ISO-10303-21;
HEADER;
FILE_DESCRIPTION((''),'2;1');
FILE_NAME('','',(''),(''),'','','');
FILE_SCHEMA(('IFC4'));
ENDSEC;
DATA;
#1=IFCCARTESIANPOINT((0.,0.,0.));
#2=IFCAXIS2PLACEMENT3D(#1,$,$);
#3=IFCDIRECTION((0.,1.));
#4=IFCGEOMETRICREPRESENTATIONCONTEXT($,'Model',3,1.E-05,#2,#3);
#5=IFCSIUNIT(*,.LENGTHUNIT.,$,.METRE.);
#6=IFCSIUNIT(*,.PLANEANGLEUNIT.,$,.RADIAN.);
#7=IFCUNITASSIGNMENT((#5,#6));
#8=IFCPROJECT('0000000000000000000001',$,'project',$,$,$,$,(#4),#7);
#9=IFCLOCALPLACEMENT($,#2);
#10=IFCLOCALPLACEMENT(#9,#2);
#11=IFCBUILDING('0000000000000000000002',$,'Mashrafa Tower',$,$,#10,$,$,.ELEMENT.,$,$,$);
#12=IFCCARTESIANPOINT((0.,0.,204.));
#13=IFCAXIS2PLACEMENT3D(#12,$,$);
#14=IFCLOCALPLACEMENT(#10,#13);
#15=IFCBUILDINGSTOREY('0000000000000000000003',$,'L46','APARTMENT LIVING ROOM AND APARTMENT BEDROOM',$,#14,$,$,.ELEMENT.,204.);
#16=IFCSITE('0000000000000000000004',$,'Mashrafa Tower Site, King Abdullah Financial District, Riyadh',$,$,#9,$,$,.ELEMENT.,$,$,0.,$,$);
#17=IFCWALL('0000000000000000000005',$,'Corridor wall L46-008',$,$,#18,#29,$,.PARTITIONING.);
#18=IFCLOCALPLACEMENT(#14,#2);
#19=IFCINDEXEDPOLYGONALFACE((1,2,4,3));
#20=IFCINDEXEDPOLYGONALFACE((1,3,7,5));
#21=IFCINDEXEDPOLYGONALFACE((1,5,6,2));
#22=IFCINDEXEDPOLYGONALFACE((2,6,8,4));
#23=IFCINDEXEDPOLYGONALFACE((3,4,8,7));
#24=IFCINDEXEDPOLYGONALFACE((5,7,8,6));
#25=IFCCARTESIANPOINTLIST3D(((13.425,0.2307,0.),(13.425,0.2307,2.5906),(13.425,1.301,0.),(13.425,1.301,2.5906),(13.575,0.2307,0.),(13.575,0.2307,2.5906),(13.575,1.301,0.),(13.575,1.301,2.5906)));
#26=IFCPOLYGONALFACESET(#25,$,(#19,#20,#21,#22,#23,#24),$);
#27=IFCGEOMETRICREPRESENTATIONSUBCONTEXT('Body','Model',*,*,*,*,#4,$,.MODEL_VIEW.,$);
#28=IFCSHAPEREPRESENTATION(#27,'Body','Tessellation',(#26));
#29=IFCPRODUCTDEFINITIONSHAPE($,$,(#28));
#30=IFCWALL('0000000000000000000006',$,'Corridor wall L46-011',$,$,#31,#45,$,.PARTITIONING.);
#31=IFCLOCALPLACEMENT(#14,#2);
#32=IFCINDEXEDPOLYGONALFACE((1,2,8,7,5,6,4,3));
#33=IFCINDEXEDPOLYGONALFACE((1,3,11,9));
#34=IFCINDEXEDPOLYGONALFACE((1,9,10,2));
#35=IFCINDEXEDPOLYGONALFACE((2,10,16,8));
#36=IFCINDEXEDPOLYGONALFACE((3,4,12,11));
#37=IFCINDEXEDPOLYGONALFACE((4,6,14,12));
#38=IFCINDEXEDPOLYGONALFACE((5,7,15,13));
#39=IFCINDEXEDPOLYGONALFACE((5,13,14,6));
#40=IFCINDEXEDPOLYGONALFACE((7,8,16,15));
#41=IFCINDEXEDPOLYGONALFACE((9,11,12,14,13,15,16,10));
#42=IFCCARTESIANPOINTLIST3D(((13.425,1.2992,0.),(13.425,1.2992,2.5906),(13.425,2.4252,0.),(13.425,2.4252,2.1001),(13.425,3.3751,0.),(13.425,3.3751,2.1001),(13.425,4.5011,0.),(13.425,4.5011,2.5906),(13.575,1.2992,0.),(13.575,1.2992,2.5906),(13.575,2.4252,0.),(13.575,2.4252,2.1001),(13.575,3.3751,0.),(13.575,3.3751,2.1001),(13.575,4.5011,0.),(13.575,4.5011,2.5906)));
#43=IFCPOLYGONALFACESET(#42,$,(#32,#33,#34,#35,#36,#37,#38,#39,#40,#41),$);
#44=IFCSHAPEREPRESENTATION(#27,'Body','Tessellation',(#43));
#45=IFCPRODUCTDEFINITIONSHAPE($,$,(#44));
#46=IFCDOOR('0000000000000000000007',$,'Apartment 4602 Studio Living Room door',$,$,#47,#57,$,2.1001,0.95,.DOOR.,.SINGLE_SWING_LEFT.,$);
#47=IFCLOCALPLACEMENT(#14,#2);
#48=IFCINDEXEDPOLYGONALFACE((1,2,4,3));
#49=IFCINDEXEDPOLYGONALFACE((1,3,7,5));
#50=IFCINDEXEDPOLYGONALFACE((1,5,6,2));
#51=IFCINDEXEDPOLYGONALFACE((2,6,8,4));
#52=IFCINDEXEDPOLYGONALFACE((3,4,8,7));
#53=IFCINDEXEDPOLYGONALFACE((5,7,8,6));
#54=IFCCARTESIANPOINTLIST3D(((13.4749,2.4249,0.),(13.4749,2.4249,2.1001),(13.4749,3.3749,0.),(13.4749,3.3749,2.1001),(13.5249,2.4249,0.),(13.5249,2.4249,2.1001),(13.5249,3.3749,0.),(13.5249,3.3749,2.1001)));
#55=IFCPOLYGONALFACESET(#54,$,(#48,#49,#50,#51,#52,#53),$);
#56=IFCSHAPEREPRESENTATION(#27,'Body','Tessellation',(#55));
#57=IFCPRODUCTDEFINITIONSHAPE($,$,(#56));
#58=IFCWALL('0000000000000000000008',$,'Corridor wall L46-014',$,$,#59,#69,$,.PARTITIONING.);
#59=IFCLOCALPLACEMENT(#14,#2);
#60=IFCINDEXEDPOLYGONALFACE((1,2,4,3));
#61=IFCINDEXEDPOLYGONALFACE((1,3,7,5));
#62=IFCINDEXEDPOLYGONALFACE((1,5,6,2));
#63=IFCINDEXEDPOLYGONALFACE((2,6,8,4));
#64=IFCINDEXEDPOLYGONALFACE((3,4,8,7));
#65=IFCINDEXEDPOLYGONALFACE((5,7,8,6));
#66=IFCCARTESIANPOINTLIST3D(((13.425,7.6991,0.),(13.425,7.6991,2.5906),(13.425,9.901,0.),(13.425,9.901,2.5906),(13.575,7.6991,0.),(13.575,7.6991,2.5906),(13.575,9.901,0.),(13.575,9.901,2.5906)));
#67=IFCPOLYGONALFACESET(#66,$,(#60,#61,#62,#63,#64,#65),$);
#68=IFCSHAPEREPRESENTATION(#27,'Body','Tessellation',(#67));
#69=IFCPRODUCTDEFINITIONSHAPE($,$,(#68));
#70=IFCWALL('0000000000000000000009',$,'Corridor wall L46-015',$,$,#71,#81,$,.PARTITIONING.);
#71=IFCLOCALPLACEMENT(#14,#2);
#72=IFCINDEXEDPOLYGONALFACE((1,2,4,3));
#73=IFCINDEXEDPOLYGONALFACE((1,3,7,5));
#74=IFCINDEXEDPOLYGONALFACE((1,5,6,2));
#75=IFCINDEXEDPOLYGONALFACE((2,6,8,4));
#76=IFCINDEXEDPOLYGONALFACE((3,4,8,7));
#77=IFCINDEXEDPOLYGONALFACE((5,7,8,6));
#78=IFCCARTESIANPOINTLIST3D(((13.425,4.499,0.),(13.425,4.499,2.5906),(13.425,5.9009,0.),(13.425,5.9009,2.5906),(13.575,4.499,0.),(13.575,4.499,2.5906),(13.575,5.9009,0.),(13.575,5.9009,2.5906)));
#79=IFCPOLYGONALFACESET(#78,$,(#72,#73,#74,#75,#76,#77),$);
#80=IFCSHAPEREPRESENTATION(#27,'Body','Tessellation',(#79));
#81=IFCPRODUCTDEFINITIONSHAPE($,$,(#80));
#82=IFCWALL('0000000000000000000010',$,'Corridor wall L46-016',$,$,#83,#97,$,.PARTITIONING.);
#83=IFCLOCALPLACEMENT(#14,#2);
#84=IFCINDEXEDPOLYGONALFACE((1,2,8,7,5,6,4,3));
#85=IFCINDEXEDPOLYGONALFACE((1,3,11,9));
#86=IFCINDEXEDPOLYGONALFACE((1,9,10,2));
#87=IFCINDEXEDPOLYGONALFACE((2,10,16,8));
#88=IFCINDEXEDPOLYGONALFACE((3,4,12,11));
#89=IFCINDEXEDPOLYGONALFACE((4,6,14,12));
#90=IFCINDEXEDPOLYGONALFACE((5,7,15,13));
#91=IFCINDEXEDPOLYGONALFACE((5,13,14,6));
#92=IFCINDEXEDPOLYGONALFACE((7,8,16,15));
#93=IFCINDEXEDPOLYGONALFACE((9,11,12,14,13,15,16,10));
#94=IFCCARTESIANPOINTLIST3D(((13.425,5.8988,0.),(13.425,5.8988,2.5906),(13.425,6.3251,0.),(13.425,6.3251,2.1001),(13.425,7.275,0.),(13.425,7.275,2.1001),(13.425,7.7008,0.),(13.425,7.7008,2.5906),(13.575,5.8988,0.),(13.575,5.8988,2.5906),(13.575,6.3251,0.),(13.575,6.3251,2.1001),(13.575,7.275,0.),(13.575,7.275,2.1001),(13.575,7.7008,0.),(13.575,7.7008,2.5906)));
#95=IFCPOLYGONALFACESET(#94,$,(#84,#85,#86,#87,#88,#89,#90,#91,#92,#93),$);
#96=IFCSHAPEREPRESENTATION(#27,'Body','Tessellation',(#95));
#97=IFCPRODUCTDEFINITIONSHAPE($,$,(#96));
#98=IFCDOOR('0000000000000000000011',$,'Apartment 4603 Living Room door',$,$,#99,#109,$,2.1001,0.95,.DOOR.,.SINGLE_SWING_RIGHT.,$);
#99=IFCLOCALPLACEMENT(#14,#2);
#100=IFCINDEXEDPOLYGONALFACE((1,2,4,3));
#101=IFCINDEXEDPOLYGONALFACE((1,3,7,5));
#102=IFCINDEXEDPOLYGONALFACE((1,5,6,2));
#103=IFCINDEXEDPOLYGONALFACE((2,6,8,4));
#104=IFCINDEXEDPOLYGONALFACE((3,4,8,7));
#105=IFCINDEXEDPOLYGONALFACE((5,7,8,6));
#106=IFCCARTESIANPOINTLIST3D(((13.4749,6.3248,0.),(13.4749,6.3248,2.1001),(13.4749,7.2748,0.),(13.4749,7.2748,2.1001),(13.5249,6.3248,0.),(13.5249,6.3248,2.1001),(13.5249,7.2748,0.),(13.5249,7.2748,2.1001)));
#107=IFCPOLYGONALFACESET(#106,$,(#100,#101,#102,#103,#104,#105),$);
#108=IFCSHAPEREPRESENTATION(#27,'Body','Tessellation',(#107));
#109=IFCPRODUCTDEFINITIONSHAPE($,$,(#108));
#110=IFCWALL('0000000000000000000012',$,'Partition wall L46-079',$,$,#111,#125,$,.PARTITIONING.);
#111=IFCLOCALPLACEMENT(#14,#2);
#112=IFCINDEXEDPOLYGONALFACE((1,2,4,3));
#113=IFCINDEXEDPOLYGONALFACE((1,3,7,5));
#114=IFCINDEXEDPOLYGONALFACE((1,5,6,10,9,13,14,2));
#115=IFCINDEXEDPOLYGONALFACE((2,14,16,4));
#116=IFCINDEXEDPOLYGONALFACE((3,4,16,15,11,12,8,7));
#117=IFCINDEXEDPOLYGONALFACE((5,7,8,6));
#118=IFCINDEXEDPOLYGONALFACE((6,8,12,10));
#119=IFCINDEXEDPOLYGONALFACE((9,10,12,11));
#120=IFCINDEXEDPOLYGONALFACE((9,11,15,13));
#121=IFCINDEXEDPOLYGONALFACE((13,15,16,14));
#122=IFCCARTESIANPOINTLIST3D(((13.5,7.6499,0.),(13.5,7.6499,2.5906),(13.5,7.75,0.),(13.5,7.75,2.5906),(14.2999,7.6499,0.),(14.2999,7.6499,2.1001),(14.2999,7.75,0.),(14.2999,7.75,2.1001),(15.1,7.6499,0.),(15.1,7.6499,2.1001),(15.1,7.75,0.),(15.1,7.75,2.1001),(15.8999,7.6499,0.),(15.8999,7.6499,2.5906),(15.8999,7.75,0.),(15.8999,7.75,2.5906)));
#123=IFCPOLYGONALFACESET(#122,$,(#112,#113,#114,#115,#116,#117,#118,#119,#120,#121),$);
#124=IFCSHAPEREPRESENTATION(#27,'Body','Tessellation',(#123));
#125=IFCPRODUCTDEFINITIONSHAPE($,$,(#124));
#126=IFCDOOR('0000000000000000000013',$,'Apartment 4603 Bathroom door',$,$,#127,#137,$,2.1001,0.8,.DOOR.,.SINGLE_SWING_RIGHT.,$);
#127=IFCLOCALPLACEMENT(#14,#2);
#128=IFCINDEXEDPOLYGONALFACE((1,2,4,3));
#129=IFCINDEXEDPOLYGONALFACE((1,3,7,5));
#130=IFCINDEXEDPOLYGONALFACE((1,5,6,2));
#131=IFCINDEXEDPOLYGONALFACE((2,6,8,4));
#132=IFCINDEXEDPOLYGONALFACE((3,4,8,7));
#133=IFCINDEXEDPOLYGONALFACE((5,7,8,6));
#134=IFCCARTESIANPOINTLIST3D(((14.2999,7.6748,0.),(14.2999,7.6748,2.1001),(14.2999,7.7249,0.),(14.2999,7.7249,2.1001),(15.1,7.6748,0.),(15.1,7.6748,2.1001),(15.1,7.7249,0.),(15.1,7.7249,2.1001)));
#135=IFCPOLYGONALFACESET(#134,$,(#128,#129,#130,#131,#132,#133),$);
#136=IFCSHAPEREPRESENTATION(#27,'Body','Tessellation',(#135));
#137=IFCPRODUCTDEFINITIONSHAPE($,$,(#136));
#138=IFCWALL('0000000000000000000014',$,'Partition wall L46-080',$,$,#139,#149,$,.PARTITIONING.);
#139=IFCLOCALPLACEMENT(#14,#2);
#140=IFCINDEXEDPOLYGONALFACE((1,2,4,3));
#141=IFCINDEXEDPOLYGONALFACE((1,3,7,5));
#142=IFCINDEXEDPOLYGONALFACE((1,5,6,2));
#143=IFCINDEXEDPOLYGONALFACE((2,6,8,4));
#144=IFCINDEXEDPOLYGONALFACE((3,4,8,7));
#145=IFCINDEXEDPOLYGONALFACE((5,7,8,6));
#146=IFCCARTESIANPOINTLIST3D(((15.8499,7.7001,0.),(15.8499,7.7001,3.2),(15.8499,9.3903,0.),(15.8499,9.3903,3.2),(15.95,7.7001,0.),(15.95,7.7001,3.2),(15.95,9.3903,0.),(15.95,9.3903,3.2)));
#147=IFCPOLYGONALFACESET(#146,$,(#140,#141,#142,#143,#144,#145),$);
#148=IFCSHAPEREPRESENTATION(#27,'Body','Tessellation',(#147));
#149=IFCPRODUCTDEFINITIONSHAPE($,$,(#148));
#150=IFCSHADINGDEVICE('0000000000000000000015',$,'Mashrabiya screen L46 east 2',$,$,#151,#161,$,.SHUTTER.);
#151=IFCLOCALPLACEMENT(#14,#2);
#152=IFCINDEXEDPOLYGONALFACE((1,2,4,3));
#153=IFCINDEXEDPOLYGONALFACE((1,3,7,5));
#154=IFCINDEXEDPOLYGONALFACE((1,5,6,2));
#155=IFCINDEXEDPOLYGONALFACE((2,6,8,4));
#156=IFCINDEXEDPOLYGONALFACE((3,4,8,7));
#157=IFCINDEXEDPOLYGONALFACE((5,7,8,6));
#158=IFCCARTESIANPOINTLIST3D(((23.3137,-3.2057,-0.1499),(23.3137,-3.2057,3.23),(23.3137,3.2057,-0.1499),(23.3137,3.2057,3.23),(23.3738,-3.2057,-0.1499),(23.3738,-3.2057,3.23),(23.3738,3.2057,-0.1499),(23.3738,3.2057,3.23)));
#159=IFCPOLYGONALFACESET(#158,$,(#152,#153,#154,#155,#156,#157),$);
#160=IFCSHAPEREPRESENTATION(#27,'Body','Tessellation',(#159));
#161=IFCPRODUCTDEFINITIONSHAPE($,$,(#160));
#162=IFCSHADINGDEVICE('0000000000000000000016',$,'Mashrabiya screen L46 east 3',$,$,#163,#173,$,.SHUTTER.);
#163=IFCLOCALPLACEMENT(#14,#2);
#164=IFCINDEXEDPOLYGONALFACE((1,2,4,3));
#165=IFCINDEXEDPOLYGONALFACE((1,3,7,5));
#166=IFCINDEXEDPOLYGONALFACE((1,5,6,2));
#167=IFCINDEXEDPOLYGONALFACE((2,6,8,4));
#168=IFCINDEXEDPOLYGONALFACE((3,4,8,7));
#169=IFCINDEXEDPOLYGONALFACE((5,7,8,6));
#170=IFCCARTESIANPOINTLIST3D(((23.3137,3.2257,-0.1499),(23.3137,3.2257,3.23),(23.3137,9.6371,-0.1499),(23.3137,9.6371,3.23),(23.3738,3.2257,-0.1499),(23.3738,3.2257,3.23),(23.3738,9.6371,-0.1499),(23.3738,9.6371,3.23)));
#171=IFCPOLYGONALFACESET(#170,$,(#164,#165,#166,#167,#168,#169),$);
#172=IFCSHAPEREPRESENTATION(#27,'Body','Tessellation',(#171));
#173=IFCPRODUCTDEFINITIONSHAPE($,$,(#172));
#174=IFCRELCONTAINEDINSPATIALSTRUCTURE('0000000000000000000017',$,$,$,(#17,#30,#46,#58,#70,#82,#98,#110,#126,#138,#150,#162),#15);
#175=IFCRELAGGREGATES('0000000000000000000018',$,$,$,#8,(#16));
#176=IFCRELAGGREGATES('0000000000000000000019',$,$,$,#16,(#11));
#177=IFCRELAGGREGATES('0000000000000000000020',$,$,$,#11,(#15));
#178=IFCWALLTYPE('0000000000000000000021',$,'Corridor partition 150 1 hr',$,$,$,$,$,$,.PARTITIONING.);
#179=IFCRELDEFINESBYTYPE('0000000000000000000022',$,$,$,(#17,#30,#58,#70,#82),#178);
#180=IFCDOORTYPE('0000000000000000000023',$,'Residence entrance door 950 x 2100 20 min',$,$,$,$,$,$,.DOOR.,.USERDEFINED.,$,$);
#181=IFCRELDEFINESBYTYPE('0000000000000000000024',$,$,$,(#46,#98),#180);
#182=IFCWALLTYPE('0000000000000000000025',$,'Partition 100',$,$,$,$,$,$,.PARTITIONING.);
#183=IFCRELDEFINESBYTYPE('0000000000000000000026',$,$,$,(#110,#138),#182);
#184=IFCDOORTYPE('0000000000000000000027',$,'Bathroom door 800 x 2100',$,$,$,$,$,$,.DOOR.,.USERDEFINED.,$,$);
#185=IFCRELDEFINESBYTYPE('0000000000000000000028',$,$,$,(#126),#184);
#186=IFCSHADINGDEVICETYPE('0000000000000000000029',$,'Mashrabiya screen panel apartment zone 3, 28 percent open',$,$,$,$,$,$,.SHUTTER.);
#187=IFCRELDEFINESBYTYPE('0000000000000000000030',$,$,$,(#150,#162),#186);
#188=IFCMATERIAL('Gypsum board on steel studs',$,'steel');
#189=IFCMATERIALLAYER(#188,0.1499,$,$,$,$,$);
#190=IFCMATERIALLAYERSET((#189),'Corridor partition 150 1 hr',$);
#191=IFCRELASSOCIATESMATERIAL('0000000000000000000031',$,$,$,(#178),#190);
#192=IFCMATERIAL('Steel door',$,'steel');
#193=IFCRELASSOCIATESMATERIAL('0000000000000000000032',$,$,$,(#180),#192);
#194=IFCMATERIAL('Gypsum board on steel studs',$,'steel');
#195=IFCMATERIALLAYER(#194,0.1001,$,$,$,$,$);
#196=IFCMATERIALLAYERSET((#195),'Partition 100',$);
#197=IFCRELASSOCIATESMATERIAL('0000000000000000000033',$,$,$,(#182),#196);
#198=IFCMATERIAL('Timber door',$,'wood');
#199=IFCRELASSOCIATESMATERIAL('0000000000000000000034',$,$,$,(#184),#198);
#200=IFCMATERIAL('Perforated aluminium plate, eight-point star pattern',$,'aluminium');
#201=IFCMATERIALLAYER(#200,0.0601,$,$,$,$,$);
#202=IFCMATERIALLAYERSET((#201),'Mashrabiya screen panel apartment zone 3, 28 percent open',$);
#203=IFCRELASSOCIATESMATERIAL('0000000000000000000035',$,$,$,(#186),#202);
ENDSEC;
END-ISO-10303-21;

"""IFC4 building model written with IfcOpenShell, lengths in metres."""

from ifc_helpers import new_model, si_unit, direction, frame, frame_2d, origin, origin_2d, place, context, subcontext, project, spatial, rectangle, extrude, source, transform, mapped, material, layer, layer_set, type_object, type_shapes, element, fill, save


model = new_model("IFC4")

# Units and contexts
model_context = context("Model", 3, precision=1e-05, world=origin(), true_north=direction((0.0, 1.0)))
body_context = subcontext(model_context, "Body", "Model", "MODEL_VIEW")
ifc_project = project(units=[si_unit("LENGTHUNIT", "METRE"), si_unit("PLANEANGLEUNIT", "RADIAN")], contexts=[model_context])

# Site, building, storey
site_placement = place(None, origin())
site = spatial("IfcSite", under=ifc_project, at=site_placement, Name="Mashrafa Tower Site, King Abdullah Financial District, Riyadh", CompositionType="ELEMENT", RefElevation=0.0)
building_placement = place(site_placement, origin())
building = spatial("IfcBuilding", under=site, at=building_placement, Name="Mashrafa Tower", CompositionType="ELEMENT")
storey_placement = place(building_placement, frame((0.0, 0.0, 204.0)))
storey = spatial("IfcBuildingStorey", under=building, at=storey_placement, Name="L46", Description="APARTMENT LIVING ROOM AND APARTMENT BEDROOM", CompositionType="ELEMENT", Elevation=204.0)

# Wall
ifc_material_1 = material(Name="Gypsum board on steel studs", Category="steel")
ifc_layer_1 = layer(ifc_material_1, 0.1499)
ifc_layer_set_1 = layer_set([ifc_layer_1], Name="Corridor partition 150 1 hr")
wall_type_1 = type_object("IfcWallType", Name="Corridor partition 150 1 hr", PredefinedType="PARTITIONING", material=ifc_layer_set_1)
wall_1_placement = place(storey_placement, frame((13.5, 0.2307, 0.0), z_axis=(0.0, 0.0, 1.0), x_axis=(0.0, 1.0, 0.0)))
element("IfcWall", 1, at=wall_1_placement, inside=storey, type_object=wall_type_1, Name="Corridor wall L46-008", PredefinedType="PARTITIONING", context=body_context, shape_type="SweptSolid", body=[
    extrude(rectangle(XDim=1.0703, YDim=0.1499, at=frame_2d((0.5352, 0.0))), origin(), (0.0, 0.0, 1.0), 2.5906),
])

# Wall, opening, door
wall_2_placement = place(storey_placement, frame((13.5, 1.2991, 0.0), z_axis=(0.0, 0.0, 1.0), x_axis=(0.0, 1.0, 0.0)))
wall_2 = element("IfcWall", 2, at=wall_2_placement, inside=storey, type_object=wall_type_1, Name="Corridor wall L46-011", PredefinedType="PARTITIONING", context=body_context, shape_type="SweptSolid", body=[
    extrude(rectangle(XDim=3.2019, YDim=0.1499, at=frame_2d((1.6011, 0.0))), origin(), (0.0, 0.0, 1.0), 2.5906),
])
opening_1_placement = place(wall_2_placement, frame((1.126, 0.0, 0.0)))
opening_1 = element("IfcOpeningElement", 3, at=opening_1_placement, cuts=wall_2, PredefinedType="OPENING", context=body_context, shape_type="SweptSolid", body=[
    extrude(rectangle(XDim=0.95, YDim=2.1001, at=frame_2d((0.4751, 1.05))), frame((0.0, 0.085, 0.0), z_axis=(0.0, -1.0, 0.0), x_axis=(1.0, 0.0, 0.0)), (0.0, 0.0, 1.0), 0.1699),
])
ifc_material_2 = material(Name="Steel door", Category="steel")
door_type_1 = type_object("IfcDoorType", Name="Residence entrance door 950 x 2100 20 min", OperationType="USERDEFINED", PredefinedType="DOOR", material=ifc_material_2)
door_1_placement = place(opening_1_placement, frame((0.95, 0.0, 0.0), z_axis=(0.0, 0.0, 1.0), x_axis=(-1.0, 0.0, 0.0)))
door_1 = element("IfcDoor", 4, at=door_1_placement, inside=storey, type_object=door_type_1, Name="Apartment 4602 Studio Living Room door", OperationType="SINGLE_SWING_LEFT", OverallHeight=2.1001, OverallWidth=0.95, PredefinedType="DOOR", context=body_context, shape_type="SweptSolid", body=[
    extrude(rectangle(XDim=0.95, YDim=2.1001, at=frame_2d((0.4751, 1.05))), frame((0.0, 0.0249, 0.0), z_axis=(0.0, -1.0, 0.0), x_axis=(1.0, 0.0, 0.0)), (0.0, 0.0, 1.0), 0.05),
])
fill(opening_1, door_1)

# Walls
wall_3_placement = place(storey_placement, frame((13.5, 7.699, 0.0), z_axis=(0.0, 0.0, 1.0), x_axis=(0.0, 1.0, 0.0)))
element("IfcWall", 5, at=wall_3_placement, inside=storey, type_object=wall_type_1, Name="Corridor wall L46-014", PredefinedType="PARTITIONING", context=body_context, shape_type="SweptSolid", body=[
    extrude(rectangle(XDim=2.2019, YDim=0.1499, at=frame_2d((1.1011, 0.0))), origin(), (0.0, 0.0, 1.0), 2.5906),
])
wall_4_placement = place(storey_placement, frame((13.5, 4.499, 0.0), z_axis=(0.0, 0.0, 1.0), x_axis=(0.0, 1.0, 0.0)))
element("IfcWall", 6, at=wall_4_placement, inside=storey, type_object=wall_type_1, Name="Corridor wall L46-015", PredefinedType="PARTITIONING", context=body_context, shape_type="SweptSolid", body=[
    extrude(rectangle(XDim=1.4019, YDim=0.1499, at=frame_2d((0.7009, 0.0))), origin(), (0.0, 0.0, 1.0), 2.5906),
])

# Walls, openings, doors
wall_5_placement = place(storey_placement, frame((13.5, 5.8989, 0.0), z_axis=(0.0, 0.0, 1.0), x_axis=(0.0, 1.0, 0.0)))
wall_5 = element("IfcWall", 7, at=wall_5_placement, inside=storey, type_object=wall_type_1, Name="Corridor wall L46-016", PredefinedType="PARTITIONING", context=body_context, shape_type="SweptSolid", body=[
    extrude(rectangle(XDim=1.802, YDim=0.1499, at=frame_2d((0.9009, 0.0))), origin(), (0.0, 0.0, 1.0), 2.5906),
])
opening_2_placement = place(wall_5_placement, frame((0.426, 0.0, 0.0)))
opening_2 = element("IfcOpeningElement", 8, at=opening_2_placement, cuts=wall_5, PredefinedType="OPENING", context=body_context, shape_type="SweptSolid", body=[
    extrude(rectangle(XDim=0.95, YDim=2.1001, at=frame_2d((0.4751, 1.05))), frame((0.0, 0.085, 0.0), z_axis=(0.0, -1.0, 0.0), x_axis=(1.0, 0.0, 0.0)), (0.0, 0.0, 1.0), 0.1699),
])
door_2_placement = place(opening_2_placement, frame((0.95, 0.0, 0.0), z_axis=(0.0, 0.0, 1.0), x_axis=(-1.0, 0.0, 0.0)))
door_2 = element("IfcDoor", 9, at=door_2_placement, inside=storey, type_object=door_type_1, Name="Apartment 4603 Living Room door", OperationType="SINGLE_SWING_RIGHT", OverallHeight=2.1001, OverallWidth=0.95, PredefinedType="DOOR", context=body_context, shape_type="SweptSolid", body=[
    extrude(rectangle(XDim=0.95, YDim=2.1001, at=frame_2d((0.4751, 1.05))), frame((0.0, 0.0249, 0.0), z_axis=(0.0, -1.0, 0.0), x_axis=(1.0, 0.0, 0.0)), (0.0, 0.0, 1.0), 0.05),
])
fill(opening_2, door_2)
ifc_material_3 = material(Name="Gypsum board on steel studs", Category="steel")
ifc_layer_2 = layer(ifc_material_3, 0.1001)
ifc_layer_set_2 = layer_set([ifc_layer_2], Name="Partition 100")
wall_type_2 = type_object("IfcWallType", Name="Partition 100", PredefinedType="PARTITIONING", material=ifc_layer_set_2)
wall_6_placement = place(storey_placement, frame((13.5, 7.7, 0.0), z_axis=(0.0, 0.0, 1.0), x_axis=(1.0, 0.0, 0.0)))
wall_6 = element("IfcWall", 10, at=wall_6_placement, inside=storey, type_object=wall_type_2, Name="Partition wall L46-079", PredefinedType="PARTITIONING", context=body_context, shape_type="SweptSolid", body=[
    extrude(rectangle(XDim=2.3999, YDim=0.1001, at=frame_2d((1.2, 0.0))), origin(), (0.0, 0.0, 1.0), 2.5906),
])
opening_3_placement = place(wall_6_placement, frame((0.8, 0.0, 0.0)))
opening_3 = element("IfcOpeningElement", 11, at=opening_3_placement, cuts=wall_6, PredefinedType="OPENING", context=body_context, shape_type="SweptSolid", body=[
    extrude(rectangle(XDim=0.8, YDim=2.1001, at=frame_2d((0.3999, 1.05))), frame((0.0, 0.0601, 0.0), z_axis=(0.0, -1.0, 0.0), x_axis=(1.0, 0.0, 0.0)), (0.0, 0.0, 1.0), 0.1201),
])
ifc_material_4 = material(Name="Timber door", Category="wood")
door_type_2 = type_object("IfcDoorType", Name="Bathroom door 800 x 2100", OperationType="USERDEFINED", PredefinedType="DOOR", material=ifc_material_4)
door_3_placement = place(opening_3_placement, origin())
door_3 = element("IfcDoor", 12, at=door_3_placement, inside=storey, type_object=door_type_2, Name="Apartment 4603 Bathroom door", OperationType="SINGLE_SWING_RIGHT", OverallHeight=2.1001, OverallWidth=0.8, PredefinedType="DOOR", context=body_context, shape_type="SweptSolid", body=[
    extrude(rectangle(XDim=0.8, YDim=2.1001, at=frame_2d((0.3999, 1.05))), frame((0.0, 0.0249, 0.0), z_axis=(0.0, -1.0, 0.0), x_axis=(1.0, 0.0, 0.0)), (0.0, 0.0, 1.0), 0.05),
])
fill(opening_3, door_3)

# Wall
wall_7_placement = place(storey_placement, frame((15.8999, 7.7, 0.0), z_axis=(0.0, 0.0, 1.0), x_axis=(0.0, 1.0, 0.0)))
element("IfcWall", 13, at=wall_7_placement, inside=storey, type_object=wall_type_2, Name="Partition wall L46-080", PredefinedType="PARTITIONING", context=body_context, shape_type="SweptSolid", body=[
    extrude(rectangle(XDim=1.6902, YDim=0.1001, at=frame_2d((0.8452, 0.0))), origin(), (0.0, 0.0, 1.0), 3.2),
])

# Shading devices
ifc_material_5 = material(Name="Perforated aluminium plate, eight-point star pattern", Category="aluminium")
ifc_layer_3 = layer(ifc_material_5, 0.0601)
ifc_layer_set_3 = layer_set([ifc_layer_3], Name="Mashrabiya screen panel apartment zone 3, 28 percent open")
shading_device_type = type_object("IfcShadingDeviceType", Name="Mashrabiya screen panel apartment zone 3, 28 percent open", PredefinedType="SHUTTER", material=ifc_layer_set_3)
shared_shape_1 = source(origin(), body_context, "Body", "SweptSolid", [
    extrude(rectangle(XDim=6.4114, YDim=0.0601, at=origin_2d()), origin(), (0.0, 0.0, 1.0), 3.3799),
])
type_shapes(shading_device_type, [shared_shape_1])
for number, where, z_axis, x_axis, name in (
    (14, (23.3438, 0.0, -0.1499), (0.0, 0.0, 1.0), (0.0, 1.0, 0.0), "Mashrabiya screen L46 east 2"),
    (15, (23.3438, 6.4314, -0.1499), (0.0, 0.0, 1.0), (0.0, 1.0, 0.0), "Mashrabiya screen L46 east 3"),
):
    element("IfcShadingDevice", number, at=place(storey_placement, frame(where, z_axis=z_axis, x_axis=x_axis)), inside=storey, type_object=shading_device_type, Name=name, PredefinedType="SHUTTER", context=body_context, shape_type="MappedRepresentation", body=[
        mapped(shared_shape_1, transform((0.0, 0.0, 0.0))),
    ])

save(model, "model.ifc")
